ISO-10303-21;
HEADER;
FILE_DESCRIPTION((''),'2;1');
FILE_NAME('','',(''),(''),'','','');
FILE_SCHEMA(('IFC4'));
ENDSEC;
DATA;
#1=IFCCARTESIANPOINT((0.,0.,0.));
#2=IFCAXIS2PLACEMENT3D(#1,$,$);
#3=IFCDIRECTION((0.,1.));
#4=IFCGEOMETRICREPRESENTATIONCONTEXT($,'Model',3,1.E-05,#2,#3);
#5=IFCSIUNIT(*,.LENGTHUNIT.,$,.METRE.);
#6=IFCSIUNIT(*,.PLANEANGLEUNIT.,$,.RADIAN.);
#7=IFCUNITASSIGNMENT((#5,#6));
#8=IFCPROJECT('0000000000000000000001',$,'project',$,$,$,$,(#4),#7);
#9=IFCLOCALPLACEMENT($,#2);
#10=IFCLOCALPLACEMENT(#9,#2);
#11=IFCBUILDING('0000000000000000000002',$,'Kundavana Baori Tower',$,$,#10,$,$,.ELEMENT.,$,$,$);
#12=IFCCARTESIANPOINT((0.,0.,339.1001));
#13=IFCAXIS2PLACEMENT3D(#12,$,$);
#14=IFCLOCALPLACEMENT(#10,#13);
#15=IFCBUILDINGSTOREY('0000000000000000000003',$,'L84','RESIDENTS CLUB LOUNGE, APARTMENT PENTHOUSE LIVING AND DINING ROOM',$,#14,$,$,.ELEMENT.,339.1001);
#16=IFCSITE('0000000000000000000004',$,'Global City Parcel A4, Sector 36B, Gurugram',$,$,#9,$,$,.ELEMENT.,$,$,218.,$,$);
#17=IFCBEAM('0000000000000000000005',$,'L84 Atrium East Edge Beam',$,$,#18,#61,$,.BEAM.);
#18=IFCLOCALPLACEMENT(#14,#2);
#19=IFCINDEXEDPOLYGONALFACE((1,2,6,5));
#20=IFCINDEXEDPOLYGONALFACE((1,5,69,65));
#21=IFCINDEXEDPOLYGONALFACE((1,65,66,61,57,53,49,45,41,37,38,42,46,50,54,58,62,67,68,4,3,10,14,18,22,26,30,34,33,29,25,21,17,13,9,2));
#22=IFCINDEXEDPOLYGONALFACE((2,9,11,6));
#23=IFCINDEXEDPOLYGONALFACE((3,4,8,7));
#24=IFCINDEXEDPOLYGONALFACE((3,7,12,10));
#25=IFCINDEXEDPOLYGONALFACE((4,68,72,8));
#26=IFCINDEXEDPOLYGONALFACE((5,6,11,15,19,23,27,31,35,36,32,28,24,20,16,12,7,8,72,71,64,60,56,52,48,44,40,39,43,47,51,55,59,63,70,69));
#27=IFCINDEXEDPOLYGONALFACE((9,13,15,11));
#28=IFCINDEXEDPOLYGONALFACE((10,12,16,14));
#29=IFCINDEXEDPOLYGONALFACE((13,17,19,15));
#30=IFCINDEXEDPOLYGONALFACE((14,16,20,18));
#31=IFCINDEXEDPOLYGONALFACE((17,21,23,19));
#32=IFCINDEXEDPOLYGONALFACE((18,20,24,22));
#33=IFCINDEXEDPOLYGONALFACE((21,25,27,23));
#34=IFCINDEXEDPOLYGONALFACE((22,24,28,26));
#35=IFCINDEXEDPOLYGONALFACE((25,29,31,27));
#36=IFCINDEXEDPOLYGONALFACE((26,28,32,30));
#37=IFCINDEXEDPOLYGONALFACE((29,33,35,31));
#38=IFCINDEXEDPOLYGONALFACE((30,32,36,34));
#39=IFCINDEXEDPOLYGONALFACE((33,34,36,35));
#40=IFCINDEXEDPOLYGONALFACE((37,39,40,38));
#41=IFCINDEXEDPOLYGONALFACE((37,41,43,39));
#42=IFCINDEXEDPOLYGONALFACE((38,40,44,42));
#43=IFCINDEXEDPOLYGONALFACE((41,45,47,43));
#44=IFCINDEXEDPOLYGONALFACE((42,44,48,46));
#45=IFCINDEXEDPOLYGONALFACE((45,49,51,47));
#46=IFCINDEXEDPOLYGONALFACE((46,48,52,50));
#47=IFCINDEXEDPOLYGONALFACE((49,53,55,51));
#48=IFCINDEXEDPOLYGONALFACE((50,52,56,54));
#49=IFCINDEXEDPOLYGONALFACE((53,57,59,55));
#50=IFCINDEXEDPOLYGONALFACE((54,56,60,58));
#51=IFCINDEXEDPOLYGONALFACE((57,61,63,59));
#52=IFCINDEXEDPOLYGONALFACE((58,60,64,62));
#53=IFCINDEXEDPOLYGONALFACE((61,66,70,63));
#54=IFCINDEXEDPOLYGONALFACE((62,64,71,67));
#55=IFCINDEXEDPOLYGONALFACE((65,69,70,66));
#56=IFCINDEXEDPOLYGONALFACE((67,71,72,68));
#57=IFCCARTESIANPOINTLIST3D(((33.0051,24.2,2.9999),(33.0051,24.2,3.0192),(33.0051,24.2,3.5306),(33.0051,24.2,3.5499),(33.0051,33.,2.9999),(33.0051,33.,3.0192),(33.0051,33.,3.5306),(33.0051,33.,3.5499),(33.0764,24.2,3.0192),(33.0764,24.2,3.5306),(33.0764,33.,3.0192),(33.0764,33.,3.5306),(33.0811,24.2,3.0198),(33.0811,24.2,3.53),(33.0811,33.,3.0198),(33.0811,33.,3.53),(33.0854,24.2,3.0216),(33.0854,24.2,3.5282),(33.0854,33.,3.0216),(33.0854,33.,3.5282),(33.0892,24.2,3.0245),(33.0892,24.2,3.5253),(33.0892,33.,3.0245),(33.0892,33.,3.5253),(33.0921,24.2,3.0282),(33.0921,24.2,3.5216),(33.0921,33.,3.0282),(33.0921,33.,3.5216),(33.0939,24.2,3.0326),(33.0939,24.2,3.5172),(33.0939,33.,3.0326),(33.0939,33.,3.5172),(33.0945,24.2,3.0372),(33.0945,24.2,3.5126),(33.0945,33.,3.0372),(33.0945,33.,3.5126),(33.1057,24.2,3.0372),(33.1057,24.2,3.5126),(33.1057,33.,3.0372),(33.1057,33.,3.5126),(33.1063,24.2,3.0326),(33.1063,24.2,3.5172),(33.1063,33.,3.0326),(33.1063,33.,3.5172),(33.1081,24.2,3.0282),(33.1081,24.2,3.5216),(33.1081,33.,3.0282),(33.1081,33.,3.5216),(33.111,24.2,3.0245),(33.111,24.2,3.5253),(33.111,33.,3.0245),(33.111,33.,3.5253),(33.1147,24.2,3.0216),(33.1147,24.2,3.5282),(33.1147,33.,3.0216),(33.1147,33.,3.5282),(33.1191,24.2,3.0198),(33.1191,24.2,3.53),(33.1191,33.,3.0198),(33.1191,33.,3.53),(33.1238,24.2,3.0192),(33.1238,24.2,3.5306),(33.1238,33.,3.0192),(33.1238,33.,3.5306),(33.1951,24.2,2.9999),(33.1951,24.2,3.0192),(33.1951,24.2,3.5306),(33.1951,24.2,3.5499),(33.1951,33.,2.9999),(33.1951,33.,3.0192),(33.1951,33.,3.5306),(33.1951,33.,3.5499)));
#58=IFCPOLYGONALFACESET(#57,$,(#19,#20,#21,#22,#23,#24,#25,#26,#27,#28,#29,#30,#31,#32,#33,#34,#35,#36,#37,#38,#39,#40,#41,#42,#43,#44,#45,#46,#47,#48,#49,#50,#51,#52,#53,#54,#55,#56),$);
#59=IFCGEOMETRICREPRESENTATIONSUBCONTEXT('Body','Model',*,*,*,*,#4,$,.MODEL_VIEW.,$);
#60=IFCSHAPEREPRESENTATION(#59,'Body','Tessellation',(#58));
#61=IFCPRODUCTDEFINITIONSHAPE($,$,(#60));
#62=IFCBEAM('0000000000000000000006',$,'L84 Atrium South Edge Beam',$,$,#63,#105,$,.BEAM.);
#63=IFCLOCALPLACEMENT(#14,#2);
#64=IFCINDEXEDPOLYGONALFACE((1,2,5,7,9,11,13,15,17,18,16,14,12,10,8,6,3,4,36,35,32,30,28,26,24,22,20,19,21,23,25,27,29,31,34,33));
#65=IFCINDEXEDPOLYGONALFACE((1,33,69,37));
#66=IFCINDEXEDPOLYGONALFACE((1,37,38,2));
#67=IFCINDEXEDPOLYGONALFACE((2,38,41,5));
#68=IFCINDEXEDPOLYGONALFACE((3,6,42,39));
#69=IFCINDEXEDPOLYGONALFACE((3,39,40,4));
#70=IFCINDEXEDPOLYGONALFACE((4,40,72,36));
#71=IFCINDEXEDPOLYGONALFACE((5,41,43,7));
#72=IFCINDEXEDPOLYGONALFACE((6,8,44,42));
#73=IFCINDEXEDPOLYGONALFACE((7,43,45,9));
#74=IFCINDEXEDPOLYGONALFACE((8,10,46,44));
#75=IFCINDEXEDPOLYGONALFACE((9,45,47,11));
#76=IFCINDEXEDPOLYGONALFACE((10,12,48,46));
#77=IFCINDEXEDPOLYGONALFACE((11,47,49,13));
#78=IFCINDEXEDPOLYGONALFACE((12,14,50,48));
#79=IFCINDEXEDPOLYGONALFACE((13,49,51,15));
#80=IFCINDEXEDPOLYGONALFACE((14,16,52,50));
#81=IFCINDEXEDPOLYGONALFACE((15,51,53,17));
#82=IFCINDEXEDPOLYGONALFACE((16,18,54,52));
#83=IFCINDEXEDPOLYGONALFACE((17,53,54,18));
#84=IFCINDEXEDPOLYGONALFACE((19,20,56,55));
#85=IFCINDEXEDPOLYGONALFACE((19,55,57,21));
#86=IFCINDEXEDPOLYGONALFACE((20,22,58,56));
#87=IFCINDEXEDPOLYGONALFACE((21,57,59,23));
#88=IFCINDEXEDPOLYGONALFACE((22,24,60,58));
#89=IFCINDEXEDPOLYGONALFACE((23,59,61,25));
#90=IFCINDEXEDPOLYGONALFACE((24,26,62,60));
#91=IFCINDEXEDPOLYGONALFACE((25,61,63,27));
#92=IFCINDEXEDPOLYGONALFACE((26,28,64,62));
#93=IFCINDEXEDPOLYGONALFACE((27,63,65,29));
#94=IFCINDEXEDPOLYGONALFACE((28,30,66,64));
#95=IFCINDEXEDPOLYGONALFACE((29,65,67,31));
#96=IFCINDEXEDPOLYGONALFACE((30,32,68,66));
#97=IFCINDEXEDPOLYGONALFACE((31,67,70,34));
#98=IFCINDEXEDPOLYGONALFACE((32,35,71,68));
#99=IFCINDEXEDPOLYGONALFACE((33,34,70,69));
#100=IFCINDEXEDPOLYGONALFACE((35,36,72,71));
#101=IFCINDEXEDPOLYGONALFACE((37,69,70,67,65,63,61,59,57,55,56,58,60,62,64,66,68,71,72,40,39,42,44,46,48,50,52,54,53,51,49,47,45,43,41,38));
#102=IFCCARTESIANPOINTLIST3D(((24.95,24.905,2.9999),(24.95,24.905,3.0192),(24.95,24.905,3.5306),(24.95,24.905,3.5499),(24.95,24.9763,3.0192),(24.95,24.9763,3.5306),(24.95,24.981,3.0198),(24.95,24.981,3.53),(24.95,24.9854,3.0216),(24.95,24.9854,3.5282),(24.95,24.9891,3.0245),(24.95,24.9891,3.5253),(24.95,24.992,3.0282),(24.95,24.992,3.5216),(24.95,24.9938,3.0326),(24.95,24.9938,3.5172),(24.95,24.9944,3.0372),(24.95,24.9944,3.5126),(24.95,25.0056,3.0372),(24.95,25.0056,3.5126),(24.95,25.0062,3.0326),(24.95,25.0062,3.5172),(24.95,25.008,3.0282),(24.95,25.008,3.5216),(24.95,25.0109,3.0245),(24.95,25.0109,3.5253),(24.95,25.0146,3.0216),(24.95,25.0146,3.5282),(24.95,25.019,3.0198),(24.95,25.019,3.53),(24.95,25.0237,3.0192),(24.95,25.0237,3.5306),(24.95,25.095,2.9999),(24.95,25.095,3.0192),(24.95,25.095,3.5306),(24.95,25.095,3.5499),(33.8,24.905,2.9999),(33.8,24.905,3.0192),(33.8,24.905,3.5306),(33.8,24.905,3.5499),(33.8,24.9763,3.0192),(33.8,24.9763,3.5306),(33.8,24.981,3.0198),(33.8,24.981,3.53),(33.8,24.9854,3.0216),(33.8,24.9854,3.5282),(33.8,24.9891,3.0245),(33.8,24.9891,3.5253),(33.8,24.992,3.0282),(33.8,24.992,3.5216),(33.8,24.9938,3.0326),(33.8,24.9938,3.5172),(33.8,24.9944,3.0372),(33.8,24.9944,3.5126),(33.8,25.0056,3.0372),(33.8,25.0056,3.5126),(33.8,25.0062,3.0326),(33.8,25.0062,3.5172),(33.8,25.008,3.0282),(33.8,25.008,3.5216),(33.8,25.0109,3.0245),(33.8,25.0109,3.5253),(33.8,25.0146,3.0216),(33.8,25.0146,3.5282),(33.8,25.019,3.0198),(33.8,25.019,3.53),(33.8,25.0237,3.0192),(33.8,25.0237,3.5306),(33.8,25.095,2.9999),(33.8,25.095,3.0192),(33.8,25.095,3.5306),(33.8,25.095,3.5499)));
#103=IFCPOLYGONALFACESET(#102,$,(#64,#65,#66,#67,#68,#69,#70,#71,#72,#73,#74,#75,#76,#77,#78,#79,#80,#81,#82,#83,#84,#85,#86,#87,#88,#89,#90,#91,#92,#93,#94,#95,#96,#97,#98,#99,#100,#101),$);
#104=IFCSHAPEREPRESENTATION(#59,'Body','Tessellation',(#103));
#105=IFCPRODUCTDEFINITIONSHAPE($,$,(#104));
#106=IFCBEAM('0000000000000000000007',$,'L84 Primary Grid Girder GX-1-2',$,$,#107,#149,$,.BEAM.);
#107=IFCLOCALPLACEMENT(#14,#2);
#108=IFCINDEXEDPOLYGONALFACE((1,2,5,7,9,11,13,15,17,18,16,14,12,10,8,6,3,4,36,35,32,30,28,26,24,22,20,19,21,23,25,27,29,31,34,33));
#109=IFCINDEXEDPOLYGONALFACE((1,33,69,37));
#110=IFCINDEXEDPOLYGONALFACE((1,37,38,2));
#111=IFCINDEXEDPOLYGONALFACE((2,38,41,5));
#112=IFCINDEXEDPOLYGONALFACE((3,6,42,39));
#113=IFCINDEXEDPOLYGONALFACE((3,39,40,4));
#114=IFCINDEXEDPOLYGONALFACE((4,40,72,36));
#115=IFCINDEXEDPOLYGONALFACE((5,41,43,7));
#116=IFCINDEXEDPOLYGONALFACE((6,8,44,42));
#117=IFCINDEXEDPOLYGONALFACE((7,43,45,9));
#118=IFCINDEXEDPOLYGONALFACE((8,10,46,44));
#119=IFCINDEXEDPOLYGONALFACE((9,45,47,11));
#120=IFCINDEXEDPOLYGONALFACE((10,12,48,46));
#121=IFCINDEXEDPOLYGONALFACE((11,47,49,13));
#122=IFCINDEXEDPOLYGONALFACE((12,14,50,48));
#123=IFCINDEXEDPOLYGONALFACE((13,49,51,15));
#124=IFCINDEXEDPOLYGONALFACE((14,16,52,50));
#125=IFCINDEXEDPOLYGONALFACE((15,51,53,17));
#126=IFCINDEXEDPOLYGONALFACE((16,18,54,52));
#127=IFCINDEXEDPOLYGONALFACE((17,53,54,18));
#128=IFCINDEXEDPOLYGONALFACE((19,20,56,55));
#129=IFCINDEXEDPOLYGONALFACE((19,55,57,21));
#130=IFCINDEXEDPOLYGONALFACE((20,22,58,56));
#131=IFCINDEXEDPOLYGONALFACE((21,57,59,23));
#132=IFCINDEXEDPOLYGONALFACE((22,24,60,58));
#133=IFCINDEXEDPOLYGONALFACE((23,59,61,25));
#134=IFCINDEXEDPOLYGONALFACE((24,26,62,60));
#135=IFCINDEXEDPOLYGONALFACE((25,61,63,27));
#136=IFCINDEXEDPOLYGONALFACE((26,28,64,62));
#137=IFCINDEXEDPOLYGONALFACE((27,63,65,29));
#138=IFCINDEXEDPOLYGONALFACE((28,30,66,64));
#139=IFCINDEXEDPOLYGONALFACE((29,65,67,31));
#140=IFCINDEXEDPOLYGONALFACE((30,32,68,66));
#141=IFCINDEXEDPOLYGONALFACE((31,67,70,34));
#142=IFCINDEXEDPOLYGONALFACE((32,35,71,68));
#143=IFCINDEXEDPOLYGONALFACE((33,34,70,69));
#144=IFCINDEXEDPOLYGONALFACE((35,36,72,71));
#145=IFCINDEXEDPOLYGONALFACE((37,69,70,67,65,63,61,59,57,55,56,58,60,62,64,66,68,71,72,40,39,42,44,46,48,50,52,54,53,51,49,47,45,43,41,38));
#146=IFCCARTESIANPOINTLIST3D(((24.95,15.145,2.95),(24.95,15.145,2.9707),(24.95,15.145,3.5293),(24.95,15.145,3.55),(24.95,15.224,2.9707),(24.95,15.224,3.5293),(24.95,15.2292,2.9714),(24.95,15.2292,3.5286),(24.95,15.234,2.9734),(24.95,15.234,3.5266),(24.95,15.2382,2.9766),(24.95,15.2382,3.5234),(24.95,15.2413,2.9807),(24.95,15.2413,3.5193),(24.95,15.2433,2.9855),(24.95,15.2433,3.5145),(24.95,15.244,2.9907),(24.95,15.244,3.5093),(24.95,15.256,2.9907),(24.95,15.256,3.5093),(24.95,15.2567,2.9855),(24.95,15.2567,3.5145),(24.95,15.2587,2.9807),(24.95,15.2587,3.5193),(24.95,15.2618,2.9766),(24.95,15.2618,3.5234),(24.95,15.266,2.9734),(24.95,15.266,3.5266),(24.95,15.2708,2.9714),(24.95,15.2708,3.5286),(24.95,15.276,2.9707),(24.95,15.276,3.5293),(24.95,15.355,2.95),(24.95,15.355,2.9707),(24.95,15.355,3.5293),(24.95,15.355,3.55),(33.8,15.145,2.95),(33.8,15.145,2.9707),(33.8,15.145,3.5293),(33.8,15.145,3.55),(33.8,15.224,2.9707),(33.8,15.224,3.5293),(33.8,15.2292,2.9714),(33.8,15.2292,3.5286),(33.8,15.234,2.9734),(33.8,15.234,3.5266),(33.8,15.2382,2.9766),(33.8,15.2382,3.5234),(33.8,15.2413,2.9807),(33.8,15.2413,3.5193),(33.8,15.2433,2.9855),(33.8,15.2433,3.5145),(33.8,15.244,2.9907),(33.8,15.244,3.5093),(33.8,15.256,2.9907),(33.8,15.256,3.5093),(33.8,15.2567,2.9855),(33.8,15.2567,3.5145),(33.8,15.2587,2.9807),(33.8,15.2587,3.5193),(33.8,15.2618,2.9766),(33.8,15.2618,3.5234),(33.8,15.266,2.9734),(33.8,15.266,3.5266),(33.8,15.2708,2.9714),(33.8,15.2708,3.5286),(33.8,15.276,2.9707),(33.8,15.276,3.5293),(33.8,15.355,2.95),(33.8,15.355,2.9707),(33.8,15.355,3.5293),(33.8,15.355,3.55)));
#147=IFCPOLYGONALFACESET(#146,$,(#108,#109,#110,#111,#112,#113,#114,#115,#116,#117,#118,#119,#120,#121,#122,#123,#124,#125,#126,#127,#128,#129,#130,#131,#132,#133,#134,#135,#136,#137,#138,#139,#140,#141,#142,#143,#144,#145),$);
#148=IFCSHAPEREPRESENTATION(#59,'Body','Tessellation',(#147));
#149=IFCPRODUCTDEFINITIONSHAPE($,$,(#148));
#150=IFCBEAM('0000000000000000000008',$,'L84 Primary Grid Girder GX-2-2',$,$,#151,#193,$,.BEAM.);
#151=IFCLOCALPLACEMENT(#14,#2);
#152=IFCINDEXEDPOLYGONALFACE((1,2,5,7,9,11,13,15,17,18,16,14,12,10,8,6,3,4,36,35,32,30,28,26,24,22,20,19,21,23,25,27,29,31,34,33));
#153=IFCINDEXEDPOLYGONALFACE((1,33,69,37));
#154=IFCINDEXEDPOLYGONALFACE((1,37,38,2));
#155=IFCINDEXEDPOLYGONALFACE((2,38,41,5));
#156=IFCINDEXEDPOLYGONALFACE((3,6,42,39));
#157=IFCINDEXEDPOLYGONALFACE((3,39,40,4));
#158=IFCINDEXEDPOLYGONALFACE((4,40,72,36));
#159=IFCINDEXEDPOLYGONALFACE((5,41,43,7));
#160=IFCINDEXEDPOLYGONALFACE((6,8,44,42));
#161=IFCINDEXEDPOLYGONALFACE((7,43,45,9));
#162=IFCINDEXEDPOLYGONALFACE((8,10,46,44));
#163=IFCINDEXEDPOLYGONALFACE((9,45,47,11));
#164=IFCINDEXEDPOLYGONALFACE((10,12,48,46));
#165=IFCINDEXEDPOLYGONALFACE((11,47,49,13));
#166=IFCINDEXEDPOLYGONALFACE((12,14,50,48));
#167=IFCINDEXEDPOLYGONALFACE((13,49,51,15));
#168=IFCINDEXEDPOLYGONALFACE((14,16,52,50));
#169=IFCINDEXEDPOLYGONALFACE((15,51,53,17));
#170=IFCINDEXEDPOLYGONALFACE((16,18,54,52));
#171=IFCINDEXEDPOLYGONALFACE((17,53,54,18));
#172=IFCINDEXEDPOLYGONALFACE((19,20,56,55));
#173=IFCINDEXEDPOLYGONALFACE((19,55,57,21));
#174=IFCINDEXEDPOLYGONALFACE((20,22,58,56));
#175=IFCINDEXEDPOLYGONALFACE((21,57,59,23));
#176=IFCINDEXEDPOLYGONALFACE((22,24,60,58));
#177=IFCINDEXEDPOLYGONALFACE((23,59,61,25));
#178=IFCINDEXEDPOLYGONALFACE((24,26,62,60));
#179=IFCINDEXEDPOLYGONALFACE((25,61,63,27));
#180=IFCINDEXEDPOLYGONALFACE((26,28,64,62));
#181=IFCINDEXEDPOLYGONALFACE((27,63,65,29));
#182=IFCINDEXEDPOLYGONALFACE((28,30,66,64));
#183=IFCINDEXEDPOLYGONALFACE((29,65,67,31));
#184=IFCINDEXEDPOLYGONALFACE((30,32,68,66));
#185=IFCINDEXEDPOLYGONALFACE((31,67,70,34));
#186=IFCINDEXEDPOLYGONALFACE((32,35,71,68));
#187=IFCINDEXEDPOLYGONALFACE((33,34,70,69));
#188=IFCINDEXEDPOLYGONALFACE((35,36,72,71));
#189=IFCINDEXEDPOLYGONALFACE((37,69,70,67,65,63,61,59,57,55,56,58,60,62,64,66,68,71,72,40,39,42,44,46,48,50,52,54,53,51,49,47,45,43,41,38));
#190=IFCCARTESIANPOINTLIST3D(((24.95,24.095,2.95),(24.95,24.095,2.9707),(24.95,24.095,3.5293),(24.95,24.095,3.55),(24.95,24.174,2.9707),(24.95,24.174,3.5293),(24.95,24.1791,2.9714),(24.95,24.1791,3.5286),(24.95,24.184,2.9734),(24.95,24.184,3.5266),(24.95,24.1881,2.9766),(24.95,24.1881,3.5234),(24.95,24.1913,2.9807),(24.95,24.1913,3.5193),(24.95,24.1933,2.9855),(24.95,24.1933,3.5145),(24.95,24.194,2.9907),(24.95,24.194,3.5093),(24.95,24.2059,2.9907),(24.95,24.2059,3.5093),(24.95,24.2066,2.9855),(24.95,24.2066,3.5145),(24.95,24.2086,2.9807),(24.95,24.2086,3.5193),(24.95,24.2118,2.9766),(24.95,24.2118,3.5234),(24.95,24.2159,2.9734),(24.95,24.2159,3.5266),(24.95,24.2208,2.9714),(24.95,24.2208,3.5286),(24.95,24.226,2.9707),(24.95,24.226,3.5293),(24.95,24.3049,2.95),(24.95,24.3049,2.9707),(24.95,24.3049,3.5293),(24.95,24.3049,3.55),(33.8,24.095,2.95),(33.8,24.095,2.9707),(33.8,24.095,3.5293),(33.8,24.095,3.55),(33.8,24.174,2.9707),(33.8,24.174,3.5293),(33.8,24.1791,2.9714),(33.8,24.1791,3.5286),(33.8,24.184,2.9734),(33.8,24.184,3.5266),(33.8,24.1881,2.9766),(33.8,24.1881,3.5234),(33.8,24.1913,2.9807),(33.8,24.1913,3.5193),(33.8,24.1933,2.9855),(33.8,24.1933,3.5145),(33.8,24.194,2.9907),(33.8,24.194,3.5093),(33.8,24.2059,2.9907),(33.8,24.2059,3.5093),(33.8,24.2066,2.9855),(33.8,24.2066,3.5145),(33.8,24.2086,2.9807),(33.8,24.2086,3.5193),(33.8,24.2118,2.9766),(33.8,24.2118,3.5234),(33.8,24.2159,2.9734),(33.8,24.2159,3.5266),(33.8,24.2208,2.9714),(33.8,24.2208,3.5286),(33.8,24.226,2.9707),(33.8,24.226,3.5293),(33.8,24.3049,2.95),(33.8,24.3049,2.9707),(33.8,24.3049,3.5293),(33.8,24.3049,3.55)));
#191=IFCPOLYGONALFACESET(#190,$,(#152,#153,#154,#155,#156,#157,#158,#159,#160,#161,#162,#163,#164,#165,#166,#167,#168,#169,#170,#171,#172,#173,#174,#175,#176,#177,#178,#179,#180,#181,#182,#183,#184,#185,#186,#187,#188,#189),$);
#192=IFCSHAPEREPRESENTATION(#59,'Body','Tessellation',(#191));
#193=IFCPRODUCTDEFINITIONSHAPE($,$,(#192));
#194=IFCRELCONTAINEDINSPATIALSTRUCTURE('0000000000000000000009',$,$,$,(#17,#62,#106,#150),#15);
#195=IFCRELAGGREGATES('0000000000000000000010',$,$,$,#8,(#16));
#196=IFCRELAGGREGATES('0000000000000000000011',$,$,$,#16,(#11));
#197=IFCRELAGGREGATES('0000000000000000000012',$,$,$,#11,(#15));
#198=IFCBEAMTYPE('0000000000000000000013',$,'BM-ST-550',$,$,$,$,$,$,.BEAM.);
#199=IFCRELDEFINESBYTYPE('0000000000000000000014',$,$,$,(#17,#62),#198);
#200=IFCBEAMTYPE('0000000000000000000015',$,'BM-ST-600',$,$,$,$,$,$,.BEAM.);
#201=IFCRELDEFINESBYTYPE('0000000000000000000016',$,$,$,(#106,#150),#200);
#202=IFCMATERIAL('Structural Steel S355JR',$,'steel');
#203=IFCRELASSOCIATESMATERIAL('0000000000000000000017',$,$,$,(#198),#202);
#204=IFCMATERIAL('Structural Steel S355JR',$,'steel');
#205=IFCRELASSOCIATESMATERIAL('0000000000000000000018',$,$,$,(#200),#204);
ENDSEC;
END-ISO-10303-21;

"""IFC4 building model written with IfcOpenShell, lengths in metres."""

from ifc_helpers import new_model, si_unit, direction, frame, origin, origin_2d, place, context, subcontext, project, spatial, i_section, extrude, material, material_profile, profile_set, type_object, element, save


model = new_model("IFC4")

# Units and contexts
model_context = context("Model", 3, precision=1e-05, world=origin(), true_north=direction((0.0, 1.0)))
body_context = subcontext(model_context, "Body", "Model", "MODEL_VIEW")
ifc_project = project(units=[si_unit("LENGTHUNIT", "METRE"), si_unit("PLANEANGLEUNIT", "RADIAN")], contexts=[model_context])

# Site, building, storey
site_placement = place(None, origin())
site = spatial("IfcSite", under=ifc_project, at=site_placement, Name="Global City Parcel A4, Sector 36B, Gurugram", CompositionType="ELEMENT", RefElevation=218.0)
building_placement = place(site_placement, origin())
building = spatial("IfcBuilding", under=site, at=building_placement, Name="Kundavana Baori Tower", CompositionType="ELEMENT")
storey_placement = place(building_placement, frame((0.0, 0.0, 339.1001)))
storey = spatial("IfcBuildingStorey", under=building, at=storey_placement, Name="L84", Description="RESIDENTS CLUB LOUNGE, APARTMENT PENTHOUSE LIVING AND DINING ROOM", CompositionType="ELEMENT", Elevation=339.1001)

# Beams
ifc_material_1 = material(Name="Structural Steel S355JR", Category="steel")
ifc_material_profile_1 = material_profile(ifc_material_1, i_section(OverallWidth=0.1899, OverallDepth=0.55, WebThickness=0.0112, FlangeThickness=0.0193, FilletRadius=0.0181, at=origin_2d()), Name="ISMB 550")
ifc_profile_set_1 = profile_set([ifc_material_profile_1], Name="Structural Steel S355JR")
beam_type_1 = type_object("IfcBeamType", Name="BM-ST-550", PredefinedType="BEAM", material=ifc_profile_set_1)
for number, where, z_axis, x_axis, name in (
    (1, (33.1001, 24.2, 3.2749), (0.0, 1.0, 0.0), (-1.0, 0.0, 0.0), "L84 Atrium East Edge Beam"),
):
    element("IfcBeam", number, at=place(storey_placement, frame(where, z_axis=z_axis, x_axis=x_axis)), inside=storey, type_object=beam_type_1, Name=name, PredefinedType="BEAM", context=body_context, shape_type="SweptSolid", body=[
        extrude(i_section(OverallWidth=0.1899, OverallDepth=0.55, WebThickness=0.0112, FlangeThickness=0.0193, FilletRadius=0.0181, at=origin_2d()), origin(), (0.0, 0.0, 1.0), 8.8),
    ])
beam_1_placement = place(storey_placement, frame((24.95, 25.0, 3.2749), z_axis=(1.0, 0.0, 0.0), x_axis=(0.0, 1.0, 0.0)))
element("IfcBeam", 2, at=beam_1_placement, inside=storey, type_object=beam_type_1, Name="L84 Atrium South Edge Beam", PredefinedType="BEAM", context=body_context, shape_type="SweptSolid", body=[
    extrude(i_section(OverallWidth=0.1899, OverallDepth=0.55, WebThickness=0.0112, FlangeThickness=0.0193, FilletRadius=0.0181, at=origin_2d()), origin(), (0.0, 0.0, 1.0), 8.8501),
])
ifc_material_2 = material(Name="Structural Steel S355JR", Category="steel")
ifc_material_profile_2 = material_profile(ifc_material_2, i_section(OverallWidth=0.21, OverallDepth=0.6001, WebThickness=0.012, FlangeThickness=0.0208, FilletRadius=0.02, at=origin_2d()), Name="ISMB 600")
ifc_profile_set_2 = profile_set([ifc_material_profile_2], Name="Structural Steel S355JR")
beam_type_2 = type_object("IfcBeamType", Name="BM-ST-600", PredefinedType="BEAM", material=ifc_profile_set_2)
for number, where, z_axis, x_axis, name in (
    (3, (24.95, 15.25, 3.25), (1.0, 0.0, 0.0), (0.0, 1.0, 0.0), "L84 Primary Grid Girder GX-1-2"),
    (4, (24.95, 24.2, 3.25), (1.0, 0.0, 0.0), (0.0, 1.0, 0.0), "L84 Primary Grid Girder GX-2-2"),
):
    element("IfcBeam", number, at=place(storey_placement, frame(where, z_axis=z_axis, x_axis=x_axis)), inside=storey, type_object=beam_type_2, Name=name, PredefinedType="BEAM", context=body_context, shape_type="SweptSolid", body=[
        extrude(i_section(OverallWidth=0.21, OverallDepth=0.6001, WebThickness=0.012, FlangeThickness=0.0208, FilletRadius=0.02, at=origin_2d()), origin(), (0.0, 0.0, 1.0), 8.8501),
    ])

save(model, "model.ifc")
